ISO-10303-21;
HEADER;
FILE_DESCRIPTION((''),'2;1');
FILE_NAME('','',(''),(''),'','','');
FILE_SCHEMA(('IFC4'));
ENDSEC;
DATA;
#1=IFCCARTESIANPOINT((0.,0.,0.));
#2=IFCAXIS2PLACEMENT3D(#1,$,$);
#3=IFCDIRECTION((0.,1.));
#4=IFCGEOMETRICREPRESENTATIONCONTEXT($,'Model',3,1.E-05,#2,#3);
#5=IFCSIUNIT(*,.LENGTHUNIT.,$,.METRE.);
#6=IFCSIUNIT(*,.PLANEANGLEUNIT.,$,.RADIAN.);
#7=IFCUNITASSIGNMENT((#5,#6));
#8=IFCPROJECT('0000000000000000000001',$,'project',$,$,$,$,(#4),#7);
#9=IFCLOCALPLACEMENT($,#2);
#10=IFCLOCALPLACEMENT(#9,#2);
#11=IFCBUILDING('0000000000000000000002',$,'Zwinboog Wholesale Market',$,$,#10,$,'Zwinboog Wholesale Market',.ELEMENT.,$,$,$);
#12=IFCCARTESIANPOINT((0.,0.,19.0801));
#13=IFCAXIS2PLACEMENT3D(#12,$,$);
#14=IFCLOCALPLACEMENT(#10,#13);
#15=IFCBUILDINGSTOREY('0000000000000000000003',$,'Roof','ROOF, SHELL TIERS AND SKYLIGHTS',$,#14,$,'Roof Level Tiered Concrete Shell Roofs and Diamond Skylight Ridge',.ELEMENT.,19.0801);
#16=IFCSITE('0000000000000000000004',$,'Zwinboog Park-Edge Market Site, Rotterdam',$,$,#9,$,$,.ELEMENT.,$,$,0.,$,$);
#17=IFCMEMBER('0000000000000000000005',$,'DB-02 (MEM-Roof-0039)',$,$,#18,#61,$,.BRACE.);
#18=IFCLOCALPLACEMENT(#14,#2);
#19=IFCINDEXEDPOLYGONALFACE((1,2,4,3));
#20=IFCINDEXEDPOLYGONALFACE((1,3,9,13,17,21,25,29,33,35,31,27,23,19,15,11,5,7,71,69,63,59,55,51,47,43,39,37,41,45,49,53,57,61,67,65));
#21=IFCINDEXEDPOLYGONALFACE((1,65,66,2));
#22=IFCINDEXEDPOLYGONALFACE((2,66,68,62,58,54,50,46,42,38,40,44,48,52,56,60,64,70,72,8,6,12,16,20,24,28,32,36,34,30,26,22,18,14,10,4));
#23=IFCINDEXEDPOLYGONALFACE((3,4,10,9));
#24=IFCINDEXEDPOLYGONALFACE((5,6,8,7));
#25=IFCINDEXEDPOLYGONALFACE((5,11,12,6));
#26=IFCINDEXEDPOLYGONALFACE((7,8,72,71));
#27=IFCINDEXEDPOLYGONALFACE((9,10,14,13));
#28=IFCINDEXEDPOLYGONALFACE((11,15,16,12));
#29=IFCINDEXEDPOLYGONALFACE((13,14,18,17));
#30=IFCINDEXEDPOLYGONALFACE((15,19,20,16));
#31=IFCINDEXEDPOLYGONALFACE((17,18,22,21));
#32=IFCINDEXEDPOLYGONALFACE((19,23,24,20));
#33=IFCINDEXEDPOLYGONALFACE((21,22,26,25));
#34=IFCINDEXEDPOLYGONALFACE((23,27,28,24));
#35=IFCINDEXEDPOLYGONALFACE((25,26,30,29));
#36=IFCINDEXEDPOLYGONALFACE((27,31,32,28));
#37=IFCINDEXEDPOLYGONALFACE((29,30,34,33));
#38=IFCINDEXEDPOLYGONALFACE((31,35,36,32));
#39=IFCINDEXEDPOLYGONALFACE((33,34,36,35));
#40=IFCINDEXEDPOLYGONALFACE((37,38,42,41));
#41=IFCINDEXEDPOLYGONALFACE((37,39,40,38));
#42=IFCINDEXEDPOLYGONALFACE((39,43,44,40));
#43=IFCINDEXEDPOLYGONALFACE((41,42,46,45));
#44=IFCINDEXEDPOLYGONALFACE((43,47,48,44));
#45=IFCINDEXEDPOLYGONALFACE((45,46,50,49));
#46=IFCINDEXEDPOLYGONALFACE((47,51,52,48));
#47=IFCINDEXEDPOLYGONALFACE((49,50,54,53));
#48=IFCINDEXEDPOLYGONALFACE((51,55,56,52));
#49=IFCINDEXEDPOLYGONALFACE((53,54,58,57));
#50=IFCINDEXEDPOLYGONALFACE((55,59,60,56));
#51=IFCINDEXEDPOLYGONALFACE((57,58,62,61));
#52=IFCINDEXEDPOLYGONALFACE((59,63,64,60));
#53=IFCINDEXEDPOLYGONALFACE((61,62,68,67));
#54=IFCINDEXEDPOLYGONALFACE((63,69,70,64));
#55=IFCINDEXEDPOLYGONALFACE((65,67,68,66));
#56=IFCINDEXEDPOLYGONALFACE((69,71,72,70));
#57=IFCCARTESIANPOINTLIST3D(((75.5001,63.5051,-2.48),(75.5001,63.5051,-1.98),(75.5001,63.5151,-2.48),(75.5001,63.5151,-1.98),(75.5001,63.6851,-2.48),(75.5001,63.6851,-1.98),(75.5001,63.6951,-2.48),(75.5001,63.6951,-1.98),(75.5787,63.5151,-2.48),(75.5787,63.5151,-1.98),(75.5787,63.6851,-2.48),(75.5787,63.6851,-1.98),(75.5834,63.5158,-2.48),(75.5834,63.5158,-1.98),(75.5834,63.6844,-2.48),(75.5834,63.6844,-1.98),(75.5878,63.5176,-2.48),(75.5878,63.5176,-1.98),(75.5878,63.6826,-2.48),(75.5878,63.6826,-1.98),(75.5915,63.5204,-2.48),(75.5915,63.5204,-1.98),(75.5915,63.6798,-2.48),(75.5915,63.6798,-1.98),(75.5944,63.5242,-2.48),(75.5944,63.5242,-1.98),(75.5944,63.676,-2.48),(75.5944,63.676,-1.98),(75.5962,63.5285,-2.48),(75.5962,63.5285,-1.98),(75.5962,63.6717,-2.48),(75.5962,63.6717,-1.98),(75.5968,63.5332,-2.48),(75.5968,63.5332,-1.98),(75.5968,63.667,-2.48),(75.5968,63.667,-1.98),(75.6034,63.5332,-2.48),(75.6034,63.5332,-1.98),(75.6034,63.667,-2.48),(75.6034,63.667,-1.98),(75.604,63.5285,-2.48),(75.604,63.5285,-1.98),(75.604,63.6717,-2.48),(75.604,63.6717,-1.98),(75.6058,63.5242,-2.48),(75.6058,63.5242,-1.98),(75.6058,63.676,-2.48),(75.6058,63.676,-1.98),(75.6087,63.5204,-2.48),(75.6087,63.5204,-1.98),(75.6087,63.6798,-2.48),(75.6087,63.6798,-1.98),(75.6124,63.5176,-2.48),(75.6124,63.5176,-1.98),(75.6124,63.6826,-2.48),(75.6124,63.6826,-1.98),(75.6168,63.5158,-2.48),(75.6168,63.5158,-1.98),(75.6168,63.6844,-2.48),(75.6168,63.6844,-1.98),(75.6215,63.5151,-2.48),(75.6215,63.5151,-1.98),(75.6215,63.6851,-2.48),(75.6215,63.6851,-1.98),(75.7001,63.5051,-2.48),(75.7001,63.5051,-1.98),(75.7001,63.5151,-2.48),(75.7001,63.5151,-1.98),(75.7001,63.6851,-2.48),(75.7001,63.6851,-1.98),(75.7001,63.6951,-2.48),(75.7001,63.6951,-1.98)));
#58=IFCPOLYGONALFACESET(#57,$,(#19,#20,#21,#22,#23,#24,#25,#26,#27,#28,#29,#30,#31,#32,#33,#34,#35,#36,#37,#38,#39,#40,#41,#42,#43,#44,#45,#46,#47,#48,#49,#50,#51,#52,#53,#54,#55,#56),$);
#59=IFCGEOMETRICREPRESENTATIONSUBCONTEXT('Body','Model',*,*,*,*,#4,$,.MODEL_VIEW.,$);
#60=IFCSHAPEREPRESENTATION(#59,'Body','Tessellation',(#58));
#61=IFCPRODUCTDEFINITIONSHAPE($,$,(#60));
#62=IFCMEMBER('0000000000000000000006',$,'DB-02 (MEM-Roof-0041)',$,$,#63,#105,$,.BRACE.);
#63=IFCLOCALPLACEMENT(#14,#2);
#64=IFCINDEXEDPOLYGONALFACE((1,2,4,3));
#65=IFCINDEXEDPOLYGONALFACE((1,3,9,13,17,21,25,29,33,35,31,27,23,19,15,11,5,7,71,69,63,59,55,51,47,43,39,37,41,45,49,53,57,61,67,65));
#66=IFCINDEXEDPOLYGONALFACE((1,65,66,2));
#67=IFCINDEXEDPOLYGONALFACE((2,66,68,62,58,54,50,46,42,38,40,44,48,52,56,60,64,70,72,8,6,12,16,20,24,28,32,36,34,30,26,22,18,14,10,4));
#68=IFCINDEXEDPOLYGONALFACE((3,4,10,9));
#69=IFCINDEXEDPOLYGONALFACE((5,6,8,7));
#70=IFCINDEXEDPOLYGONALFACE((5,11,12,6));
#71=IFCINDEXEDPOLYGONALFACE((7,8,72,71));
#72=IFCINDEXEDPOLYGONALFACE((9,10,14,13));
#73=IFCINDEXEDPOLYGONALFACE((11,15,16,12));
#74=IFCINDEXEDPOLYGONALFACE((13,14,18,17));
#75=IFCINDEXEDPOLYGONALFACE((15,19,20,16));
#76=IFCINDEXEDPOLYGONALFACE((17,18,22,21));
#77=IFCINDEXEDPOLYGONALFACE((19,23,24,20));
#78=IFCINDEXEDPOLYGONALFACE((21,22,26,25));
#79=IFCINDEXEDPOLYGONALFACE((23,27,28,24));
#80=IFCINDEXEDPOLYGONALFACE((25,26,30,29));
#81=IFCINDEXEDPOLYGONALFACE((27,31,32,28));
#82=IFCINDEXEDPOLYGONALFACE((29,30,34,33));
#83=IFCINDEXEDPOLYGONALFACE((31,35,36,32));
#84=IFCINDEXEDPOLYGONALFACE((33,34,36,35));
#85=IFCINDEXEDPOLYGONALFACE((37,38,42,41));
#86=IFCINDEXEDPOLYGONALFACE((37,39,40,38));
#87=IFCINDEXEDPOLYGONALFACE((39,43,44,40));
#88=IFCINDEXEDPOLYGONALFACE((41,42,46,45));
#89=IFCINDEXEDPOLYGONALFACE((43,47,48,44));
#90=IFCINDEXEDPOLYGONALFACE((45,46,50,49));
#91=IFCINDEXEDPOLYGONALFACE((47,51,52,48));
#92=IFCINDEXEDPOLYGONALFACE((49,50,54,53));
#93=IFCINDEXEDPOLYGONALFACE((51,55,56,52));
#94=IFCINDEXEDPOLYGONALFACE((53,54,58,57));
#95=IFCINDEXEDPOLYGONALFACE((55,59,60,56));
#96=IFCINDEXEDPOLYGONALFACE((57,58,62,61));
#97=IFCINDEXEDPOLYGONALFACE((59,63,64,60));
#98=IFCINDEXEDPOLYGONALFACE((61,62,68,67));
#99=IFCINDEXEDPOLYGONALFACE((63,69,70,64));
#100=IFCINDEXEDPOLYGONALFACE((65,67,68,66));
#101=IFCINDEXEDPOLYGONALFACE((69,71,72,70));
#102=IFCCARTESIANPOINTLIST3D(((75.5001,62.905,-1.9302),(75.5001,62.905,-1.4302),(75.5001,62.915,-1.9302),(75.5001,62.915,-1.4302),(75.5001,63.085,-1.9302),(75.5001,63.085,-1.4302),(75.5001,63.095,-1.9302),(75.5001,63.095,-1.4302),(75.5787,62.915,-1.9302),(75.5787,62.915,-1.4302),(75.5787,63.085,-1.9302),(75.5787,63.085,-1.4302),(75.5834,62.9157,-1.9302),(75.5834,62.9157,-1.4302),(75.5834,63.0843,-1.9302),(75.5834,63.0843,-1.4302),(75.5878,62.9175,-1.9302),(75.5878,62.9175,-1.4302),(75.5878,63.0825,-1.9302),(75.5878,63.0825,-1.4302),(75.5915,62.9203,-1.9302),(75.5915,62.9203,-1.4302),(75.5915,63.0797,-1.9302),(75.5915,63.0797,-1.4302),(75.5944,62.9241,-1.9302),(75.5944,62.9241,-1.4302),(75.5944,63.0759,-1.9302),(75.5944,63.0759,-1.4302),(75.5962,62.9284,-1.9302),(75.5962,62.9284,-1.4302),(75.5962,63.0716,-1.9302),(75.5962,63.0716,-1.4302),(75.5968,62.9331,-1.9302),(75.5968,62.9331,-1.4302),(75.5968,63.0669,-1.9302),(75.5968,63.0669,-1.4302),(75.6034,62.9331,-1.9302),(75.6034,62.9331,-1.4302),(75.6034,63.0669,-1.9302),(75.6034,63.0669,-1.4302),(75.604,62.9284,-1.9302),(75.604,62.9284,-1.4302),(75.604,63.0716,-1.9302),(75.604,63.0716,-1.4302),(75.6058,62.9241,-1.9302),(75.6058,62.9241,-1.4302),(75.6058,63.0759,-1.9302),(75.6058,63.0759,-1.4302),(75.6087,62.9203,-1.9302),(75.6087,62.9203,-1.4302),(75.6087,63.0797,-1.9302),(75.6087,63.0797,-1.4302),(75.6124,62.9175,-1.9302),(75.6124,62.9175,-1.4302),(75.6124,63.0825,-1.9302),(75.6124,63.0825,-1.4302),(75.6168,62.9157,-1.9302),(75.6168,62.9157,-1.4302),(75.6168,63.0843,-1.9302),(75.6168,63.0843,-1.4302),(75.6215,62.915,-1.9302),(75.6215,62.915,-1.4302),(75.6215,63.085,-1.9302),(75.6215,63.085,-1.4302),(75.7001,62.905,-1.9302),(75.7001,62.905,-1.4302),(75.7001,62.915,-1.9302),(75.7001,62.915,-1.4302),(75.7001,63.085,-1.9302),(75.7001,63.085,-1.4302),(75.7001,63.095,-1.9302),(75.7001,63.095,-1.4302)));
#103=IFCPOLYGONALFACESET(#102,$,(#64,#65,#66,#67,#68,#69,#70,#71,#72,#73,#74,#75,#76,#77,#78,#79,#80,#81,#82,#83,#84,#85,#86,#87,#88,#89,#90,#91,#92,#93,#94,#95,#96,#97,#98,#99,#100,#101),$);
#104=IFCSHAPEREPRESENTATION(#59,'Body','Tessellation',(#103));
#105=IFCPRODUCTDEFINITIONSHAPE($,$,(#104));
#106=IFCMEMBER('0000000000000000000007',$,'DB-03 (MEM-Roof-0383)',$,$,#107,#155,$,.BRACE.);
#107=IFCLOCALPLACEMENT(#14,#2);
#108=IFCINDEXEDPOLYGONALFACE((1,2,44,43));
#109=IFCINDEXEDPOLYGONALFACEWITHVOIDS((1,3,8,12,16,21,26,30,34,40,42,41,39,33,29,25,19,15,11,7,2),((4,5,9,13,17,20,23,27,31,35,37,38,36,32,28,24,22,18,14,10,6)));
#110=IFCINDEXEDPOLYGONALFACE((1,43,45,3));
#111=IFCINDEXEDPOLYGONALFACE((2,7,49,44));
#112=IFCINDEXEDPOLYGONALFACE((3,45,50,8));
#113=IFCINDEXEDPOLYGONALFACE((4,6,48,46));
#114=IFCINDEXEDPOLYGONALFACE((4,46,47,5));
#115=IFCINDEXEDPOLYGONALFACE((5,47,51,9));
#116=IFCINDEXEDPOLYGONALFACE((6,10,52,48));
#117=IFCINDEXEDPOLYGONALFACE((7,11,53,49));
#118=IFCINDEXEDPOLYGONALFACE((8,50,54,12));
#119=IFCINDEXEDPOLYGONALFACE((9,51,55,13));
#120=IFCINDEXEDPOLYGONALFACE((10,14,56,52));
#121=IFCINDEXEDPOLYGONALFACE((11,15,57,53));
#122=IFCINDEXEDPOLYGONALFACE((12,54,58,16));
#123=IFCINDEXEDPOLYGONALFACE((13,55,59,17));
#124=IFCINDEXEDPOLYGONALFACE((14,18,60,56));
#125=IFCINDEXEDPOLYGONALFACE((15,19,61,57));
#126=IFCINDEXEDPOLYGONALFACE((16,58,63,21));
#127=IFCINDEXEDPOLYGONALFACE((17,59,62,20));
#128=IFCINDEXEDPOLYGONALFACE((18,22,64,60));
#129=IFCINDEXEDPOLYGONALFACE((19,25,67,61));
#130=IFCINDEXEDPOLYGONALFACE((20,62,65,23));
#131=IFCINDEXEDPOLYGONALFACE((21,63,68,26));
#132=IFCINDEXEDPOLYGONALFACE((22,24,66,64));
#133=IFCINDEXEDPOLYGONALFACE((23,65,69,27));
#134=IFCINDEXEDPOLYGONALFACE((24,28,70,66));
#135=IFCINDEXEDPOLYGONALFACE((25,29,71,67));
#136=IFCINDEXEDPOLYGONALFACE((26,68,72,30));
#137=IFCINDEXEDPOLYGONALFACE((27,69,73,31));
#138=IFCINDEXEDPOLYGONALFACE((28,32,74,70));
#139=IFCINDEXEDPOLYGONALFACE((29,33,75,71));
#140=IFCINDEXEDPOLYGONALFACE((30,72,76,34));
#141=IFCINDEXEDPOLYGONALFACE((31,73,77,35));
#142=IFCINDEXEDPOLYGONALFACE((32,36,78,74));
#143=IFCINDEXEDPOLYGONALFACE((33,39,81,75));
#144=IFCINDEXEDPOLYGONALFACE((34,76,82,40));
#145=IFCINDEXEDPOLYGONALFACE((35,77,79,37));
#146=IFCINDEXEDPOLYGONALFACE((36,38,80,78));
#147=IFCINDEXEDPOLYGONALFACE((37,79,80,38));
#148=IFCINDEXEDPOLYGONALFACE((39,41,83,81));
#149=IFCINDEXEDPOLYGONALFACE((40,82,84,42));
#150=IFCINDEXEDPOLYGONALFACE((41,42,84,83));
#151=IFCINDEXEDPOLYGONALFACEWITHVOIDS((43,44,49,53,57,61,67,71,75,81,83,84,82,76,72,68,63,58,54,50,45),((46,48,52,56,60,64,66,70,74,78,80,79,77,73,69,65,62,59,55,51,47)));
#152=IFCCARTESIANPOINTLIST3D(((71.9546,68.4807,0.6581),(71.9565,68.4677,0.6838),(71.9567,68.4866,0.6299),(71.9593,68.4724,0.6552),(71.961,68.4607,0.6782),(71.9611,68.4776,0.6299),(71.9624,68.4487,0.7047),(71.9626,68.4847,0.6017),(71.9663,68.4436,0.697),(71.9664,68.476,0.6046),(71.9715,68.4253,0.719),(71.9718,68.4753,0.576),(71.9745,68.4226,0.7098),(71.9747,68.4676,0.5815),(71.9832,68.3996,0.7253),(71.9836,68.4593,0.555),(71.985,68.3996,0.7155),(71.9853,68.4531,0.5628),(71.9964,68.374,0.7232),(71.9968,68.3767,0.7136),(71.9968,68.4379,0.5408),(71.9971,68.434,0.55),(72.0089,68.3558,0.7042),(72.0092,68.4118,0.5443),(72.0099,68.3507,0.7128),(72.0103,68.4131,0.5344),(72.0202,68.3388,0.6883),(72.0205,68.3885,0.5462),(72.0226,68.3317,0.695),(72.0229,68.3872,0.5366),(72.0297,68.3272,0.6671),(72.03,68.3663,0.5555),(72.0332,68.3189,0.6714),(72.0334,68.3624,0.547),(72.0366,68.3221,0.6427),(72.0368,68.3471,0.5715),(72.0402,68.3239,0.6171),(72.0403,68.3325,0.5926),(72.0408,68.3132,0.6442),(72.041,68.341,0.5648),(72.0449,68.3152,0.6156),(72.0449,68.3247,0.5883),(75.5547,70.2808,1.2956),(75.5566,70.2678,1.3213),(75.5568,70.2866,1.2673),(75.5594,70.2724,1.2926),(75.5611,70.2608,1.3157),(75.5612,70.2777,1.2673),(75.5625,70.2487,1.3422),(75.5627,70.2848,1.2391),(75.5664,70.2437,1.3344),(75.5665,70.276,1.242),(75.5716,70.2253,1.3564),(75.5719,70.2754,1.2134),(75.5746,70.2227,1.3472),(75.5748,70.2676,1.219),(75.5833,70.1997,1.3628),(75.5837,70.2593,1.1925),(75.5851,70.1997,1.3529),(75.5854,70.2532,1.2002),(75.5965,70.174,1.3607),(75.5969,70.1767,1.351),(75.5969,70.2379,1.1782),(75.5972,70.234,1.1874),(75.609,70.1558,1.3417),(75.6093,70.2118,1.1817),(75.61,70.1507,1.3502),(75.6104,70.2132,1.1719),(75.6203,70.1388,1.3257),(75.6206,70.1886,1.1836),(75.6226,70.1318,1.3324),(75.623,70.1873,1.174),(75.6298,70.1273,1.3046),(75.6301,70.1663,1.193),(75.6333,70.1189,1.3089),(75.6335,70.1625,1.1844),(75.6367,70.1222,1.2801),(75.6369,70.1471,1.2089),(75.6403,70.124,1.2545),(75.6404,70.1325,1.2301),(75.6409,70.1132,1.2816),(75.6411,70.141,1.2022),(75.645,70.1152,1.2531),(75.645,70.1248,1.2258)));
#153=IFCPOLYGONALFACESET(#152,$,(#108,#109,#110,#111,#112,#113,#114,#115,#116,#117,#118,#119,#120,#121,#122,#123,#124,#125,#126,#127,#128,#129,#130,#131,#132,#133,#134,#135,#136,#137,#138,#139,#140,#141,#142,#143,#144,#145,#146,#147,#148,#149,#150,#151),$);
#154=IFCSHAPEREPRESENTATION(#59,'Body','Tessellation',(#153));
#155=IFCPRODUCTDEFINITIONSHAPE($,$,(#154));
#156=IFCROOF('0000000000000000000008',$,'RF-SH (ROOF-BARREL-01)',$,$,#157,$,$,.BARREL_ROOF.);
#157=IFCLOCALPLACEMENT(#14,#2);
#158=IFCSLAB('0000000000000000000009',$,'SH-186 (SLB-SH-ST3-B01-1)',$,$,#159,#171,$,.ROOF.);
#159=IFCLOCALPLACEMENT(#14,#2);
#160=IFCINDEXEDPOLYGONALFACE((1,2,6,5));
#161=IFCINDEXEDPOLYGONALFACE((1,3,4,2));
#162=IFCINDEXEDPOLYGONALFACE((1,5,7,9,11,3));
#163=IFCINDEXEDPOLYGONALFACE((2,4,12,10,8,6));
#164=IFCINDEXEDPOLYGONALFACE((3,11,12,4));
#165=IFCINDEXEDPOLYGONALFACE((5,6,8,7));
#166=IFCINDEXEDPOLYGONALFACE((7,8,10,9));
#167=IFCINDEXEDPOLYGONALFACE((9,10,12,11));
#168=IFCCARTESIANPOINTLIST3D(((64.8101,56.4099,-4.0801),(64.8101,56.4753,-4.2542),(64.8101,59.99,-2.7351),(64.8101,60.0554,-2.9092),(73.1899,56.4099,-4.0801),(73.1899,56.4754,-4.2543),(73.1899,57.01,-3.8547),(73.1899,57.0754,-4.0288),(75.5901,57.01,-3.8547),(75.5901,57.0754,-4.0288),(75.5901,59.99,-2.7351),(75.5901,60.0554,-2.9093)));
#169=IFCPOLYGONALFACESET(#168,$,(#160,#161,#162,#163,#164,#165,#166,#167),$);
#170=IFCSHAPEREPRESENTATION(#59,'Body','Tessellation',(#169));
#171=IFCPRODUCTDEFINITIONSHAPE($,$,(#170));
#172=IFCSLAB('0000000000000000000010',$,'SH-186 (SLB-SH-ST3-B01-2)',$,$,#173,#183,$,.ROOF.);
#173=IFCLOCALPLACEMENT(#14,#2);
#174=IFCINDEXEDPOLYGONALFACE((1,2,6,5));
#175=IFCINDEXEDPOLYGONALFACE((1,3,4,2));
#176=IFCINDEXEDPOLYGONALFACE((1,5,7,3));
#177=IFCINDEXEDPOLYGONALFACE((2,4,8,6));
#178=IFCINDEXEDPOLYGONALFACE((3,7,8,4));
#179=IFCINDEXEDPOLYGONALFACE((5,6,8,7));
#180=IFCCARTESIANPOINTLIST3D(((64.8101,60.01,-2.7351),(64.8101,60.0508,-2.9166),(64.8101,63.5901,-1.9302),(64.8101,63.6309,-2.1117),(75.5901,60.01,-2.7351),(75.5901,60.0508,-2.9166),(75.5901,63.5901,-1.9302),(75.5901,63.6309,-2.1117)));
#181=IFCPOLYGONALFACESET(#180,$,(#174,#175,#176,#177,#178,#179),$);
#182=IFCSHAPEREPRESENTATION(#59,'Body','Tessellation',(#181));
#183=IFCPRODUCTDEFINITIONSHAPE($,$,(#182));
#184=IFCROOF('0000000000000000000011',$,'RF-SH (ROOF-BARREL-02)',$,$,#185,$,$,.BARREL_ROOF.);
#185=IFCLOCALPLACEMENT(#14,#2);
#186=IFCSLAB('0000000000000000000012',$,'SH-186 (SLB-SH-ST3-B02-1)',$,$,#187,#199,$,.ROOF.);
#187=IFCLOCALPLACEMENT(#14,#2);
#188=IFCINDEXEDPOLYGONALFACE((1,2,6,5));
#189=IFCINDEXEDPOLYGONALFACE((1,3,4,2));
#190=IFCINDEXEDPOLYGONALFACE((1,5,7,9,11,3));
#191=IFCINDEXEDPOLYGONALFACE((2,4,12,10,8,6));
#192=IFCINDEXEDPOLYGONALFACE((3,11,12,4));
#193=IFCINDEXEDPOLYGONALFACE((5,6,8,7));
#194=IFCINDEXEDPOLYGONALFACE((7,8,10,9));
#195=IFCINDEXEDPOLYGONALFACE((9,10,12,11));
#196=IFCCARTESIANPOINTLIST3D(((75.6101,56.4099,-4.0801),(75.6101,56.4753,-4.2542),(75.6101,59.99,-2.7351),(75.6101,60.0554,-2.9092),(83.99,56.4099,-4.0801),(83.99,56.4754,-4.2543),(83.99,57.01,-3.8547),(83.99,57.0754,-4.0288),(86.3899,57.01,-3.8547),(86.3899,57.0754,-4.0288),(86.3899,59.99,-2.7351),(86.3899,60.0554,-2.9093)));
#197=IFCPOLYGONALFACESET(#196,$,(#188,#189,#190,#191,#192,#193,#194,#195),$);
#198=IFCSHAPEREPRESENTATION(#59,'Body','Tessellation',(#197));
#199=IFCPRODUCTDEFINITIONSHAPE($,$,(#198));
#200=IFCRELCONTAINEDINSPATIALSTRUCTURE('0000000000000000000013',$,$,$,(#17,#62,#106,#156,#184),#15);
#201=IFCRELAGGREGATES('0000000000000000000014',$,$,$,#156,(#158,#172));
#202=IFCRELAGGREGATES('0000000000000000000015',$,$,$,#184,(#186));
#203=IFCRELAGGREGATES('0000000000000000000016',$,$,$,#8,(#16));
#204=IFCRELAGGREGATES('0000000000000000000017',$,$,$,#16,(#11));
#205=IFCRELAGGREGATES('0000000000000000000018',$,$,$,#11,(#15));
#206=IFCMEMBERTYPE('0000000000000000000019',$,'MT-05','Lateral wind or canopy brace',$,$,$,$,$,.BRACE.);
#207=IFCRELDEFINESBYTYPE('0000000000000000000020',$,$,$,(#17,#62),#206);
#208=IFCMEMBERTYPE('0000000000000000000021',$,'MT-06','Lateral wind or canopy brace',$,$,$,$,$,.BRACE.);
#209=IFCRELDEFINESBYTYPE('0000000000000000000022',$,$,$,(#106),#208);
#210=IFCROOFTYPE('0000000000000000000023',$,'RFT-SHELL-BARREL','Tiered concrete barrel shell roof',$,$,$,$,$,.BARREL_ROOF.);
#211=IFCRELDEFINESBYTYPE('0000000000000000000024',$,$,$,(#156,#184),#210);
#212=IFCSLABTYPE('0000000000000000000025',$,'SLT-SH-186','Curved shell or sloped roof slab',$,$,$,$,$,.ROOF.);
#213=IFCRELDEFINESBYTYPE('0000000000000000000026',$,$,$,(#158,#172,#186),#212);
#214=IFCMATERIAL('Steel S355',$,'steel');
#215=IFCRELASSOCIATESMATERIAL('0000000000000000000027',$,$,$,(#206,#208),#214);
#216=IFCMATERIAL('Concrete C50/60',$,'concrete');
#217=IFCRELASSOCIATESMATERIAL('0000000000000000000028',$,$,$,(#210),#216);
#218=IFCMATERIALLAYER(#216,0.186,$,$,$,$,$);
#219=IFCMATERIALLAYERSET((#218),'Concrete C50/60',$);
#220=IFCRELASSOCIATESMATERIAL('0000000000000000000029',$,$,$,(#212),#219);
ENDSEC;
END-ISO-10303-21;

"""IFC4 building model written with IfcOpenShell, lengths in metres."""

from ifc_helpers import new_model, si_unit, direction, frame, origin, origin_2d, place, context, subcontext, project, spatial, polyline, hollow_circle, i_section, outline, extrude, material, layer, layer_set, material_profile, profile_set, type_object, element, aggregate, save


model = new_model("IFC4")

# Units and contexts
model_context = context("Model", 3, precision=1e-05, world=origin(), true_north=direction((0.0, 1.0)))
body_context = subcontext(model_context, "Body", "Model", "MODEL_VIEW")
ifc_project = project(units=[si_unit("LENGTHUNIT", "METRE"), si_unit("PLANEANGLEUNIT", "RADIAN")], contexts=[model_context])

# Site, building, storey
site_placement = place(None, origin())
site = spatial("IfcSite", under=ifc_project, at=site_placement, Name="Zwinboog Park-Edge Market Site, Rotterdam", CompositionType="ELEMENT", RefElevation=0.0)
building_placement = place(site_placement, origin())
building = spatial("IfcBuilding", under=site, at=building_placement, Name="Zwinboog Wholesale Market", LongName="Zwinboog Wholesale Market", CompositionType="ELEMENT")
storey_placement = place(building_placement, frame((0.0, 0.0, 19.0801)))
storey = spatial("IfcBuildingStorey", under=building, at=storey_placement, Name="Roof", Description="ROOF, SHELL TIERS AND SKYLIGHTS", LongName="Roof Level Tiered Concrete Shell Roofs and Diamond Skylight Ridge", CompositionType="ELEMENT", Elevation=19.0801)

# Members
ifc_material_1 = material(Name="Steel S355", Category="steel")
ifc_material_profile_1 = material_profile(ifc_material_1, i_section(OverallWidth=0.2, OverallDepth=0.1899, WebThickness=0.0066, FlangeThickness=0.01, FilletRadius=0.0181, at=origin_2d()), Name="HEA 200")
ifc_profile_set_1 = profile_set([ifc_material_profile_1], Name="Steel S355")
member_type_1 = type_object("IfcMemberType", Name="MT-05", Description="Lateral wind or canopy brace", PredefinedType="BRACE", material=ifc_profile_set_1)
for number, where, z_axis, x_axis, name in (
    (1, (75.6001, 63.6001, -2.48), (0.0, 0.0, 1.0), (1.0, 0.0, 0.0), "DB-02 (MEM-Roof-0039)"),
    (2, (75.6001, 63.0, -1.9302), (0.0, 0.0, 1.0), (1.0, 0.0, 0.0), "DB-02 (MEM-Roof-0041)"),
):
    element("IfcMember", number, at=place(storey_placement, frame(where, z_axis=z_axis, x_axis=x_axis)), inside=storey, type_object=member_type_1, Name=name, PredefinedType="BRACE", context=body_context, shape_type="SweptSolid", body=[
        extrude(i_section(OverallWidth=0.2, OverallDepth=0.1899, WebThickness=0.0066, FlangeThickness=0.01, FilletRadius=0.0181, at=origin_2d()), origin(), (0.0, 0.0, 1.0), 0.5),
    ])
ifc_material_profile_2 = material_profile(ifc_material_1, hollow_circle(Radius=0.0969, WallThickness=0.01, at=origin_2d()), Name="CHS 193.7x10")
ifc_profile_set_2 = profile_set([ifc_material_profile_2], Name="Steel S355")
member_type_2 = type_object("IfcMemberType", Name="MT-06", Description="Lateral wind or canopy brace", PredefinedType="BRACE", material=ifc_profile_set_2)
member_1_placement = place(storey_placement, frame((72.0, 68.3999, 0.6299), z_axis=(0.883417, 0.441709, 0.156422), x_axis=(-0.447214, 0.894427, 0.0)))
element("IfcMember", 3, at=member_1_placement, inside=storey, type_object=member_type_2, Name="DB-03 (MEM-Roof-0383)", PredefinedType="BRACE", context=body_context, shape_type="SweptSolid", body=[
    extrude(hollow_circle(Radius=0.0969, WallThickness=0.01, at=origin_2d()), origin(), (0.0, 0.0, 1.0), 4.0752),
])

# Roofs, slabs
ifc_material_2 = material(Name="Concrete C50/60", Category="concrete")
roof_type = type_object("IfcRoofType", Name="RFT-SHELL-BARREL", Description="Tiered concrete barrel shell roof", PredefinedType="BARREL_ROOF", material=ifc_material_2)
roof_1_placement = place(storey_placement, origin())
roof_1 = element("IfcRoof", 4, at=roof_1_placement, inside=storey, type_object=roof_type, Name="RF-SH (ROOF-BARREL-01)", PredefinedType="BARREL_ROOF")
ifc_layer_1 = layer(ifc_material_2, 0.186)
ifc_layer_set_1 = layer_set([ifc_layer_1], Name="Concrete C50/60")
slab_type_1 = type_object("IfcSlabType", Name="SLT-SH-186", Description="Curved shell or sloped roof slab", PredefinedType="ROOF", material=ifc_layer_set_1)
slab_1_placement = place(storey_placement, frame((64.8101, 56.4099, -4.0801), z_axis=(0.000005, -0.351689, 0.936117), x_axis=(1.0, 0.000002, -0.000004)))
slab_1 = element("IfcSlab", 5, at=slab_1_placement, type_object=slab_type_1, Name="SH-186 (SLB-SH-ST3-B01-1)", PredefinedType="ROOF", context=body_context, shape_type="SweptSolid", body=[
    extrude(outline(polyline([(0.0, 0.0), (8.3799, 0.0), (8.3799, 0.641), (10.78, 0.641), (10.78, 3.8244), (0.0, 3.8244), (0.0, 0.0)])), origin(), (0.0, 0.0, -1.0), 0.186),
])
slab_2_placement = place(storey_placement, frame((64.8101, 60.01, -2.7351), z_axis=(0.0, -0.21936, 0.975644), x_axis=(1.0, 0.0, 0.0)))
slab_2 = element("IfcSlab", 6, at=slab_2_placement, type_object=slab_type_1, Name="SH-186 (SLB-SH-ST3-B01-2)", PredefinedType="ROOF", context=body_context, shape_type="SweptSolid", body=[
    extrude(outline(polyline([(0.0, 0.0), (10.78, 0.0), (10.78, 3.6695), (0.0, 3.6695), (0.0, 0.0)])), origin(), (0.0, 0.0, -1.0), 0.186),
])
roof_2_placement = place(storey_placement, origin())
roof_2 = element("IfcRoof", 7, at=roof_2_placement, inside=storey, type_object=roof_type, Name="RF-SH (ROOF-BARREL-02)", PredefinedType="BARREL_ROOF")
slab_3_placement = place(storey_placement, frame((75.6101, 56.4099, -4.0801), z_axis=(0.000005, -0.351689, 0.936117), x_axis=(1.0, 0.000002, -0.000004)))
slab_3 = element("IfcSlab", 8, at=slab_3_placement, type_object=slab_type_1, Name="SH-186 (SLB-SH-ST3-B02-1)", PredefinedType="ROOF", context=body_context, shape_type="SweptSolid", body=[
    extrude(outline(polyline([(0.0, 0.0), (8.3799, 0.0), (8.3799, 0.641), (10.7798, 0.641), (10.7798, 3.8244), (0.0, 3.8244), (0.0, 0.0)])), origin(), (0.0, 0.0, -1.0), 0.186),
])

aggregate(roof_1, [slab_1, slab_2])
aggregate(roof_2, [slab_3])

save(model, "model.ifc")
